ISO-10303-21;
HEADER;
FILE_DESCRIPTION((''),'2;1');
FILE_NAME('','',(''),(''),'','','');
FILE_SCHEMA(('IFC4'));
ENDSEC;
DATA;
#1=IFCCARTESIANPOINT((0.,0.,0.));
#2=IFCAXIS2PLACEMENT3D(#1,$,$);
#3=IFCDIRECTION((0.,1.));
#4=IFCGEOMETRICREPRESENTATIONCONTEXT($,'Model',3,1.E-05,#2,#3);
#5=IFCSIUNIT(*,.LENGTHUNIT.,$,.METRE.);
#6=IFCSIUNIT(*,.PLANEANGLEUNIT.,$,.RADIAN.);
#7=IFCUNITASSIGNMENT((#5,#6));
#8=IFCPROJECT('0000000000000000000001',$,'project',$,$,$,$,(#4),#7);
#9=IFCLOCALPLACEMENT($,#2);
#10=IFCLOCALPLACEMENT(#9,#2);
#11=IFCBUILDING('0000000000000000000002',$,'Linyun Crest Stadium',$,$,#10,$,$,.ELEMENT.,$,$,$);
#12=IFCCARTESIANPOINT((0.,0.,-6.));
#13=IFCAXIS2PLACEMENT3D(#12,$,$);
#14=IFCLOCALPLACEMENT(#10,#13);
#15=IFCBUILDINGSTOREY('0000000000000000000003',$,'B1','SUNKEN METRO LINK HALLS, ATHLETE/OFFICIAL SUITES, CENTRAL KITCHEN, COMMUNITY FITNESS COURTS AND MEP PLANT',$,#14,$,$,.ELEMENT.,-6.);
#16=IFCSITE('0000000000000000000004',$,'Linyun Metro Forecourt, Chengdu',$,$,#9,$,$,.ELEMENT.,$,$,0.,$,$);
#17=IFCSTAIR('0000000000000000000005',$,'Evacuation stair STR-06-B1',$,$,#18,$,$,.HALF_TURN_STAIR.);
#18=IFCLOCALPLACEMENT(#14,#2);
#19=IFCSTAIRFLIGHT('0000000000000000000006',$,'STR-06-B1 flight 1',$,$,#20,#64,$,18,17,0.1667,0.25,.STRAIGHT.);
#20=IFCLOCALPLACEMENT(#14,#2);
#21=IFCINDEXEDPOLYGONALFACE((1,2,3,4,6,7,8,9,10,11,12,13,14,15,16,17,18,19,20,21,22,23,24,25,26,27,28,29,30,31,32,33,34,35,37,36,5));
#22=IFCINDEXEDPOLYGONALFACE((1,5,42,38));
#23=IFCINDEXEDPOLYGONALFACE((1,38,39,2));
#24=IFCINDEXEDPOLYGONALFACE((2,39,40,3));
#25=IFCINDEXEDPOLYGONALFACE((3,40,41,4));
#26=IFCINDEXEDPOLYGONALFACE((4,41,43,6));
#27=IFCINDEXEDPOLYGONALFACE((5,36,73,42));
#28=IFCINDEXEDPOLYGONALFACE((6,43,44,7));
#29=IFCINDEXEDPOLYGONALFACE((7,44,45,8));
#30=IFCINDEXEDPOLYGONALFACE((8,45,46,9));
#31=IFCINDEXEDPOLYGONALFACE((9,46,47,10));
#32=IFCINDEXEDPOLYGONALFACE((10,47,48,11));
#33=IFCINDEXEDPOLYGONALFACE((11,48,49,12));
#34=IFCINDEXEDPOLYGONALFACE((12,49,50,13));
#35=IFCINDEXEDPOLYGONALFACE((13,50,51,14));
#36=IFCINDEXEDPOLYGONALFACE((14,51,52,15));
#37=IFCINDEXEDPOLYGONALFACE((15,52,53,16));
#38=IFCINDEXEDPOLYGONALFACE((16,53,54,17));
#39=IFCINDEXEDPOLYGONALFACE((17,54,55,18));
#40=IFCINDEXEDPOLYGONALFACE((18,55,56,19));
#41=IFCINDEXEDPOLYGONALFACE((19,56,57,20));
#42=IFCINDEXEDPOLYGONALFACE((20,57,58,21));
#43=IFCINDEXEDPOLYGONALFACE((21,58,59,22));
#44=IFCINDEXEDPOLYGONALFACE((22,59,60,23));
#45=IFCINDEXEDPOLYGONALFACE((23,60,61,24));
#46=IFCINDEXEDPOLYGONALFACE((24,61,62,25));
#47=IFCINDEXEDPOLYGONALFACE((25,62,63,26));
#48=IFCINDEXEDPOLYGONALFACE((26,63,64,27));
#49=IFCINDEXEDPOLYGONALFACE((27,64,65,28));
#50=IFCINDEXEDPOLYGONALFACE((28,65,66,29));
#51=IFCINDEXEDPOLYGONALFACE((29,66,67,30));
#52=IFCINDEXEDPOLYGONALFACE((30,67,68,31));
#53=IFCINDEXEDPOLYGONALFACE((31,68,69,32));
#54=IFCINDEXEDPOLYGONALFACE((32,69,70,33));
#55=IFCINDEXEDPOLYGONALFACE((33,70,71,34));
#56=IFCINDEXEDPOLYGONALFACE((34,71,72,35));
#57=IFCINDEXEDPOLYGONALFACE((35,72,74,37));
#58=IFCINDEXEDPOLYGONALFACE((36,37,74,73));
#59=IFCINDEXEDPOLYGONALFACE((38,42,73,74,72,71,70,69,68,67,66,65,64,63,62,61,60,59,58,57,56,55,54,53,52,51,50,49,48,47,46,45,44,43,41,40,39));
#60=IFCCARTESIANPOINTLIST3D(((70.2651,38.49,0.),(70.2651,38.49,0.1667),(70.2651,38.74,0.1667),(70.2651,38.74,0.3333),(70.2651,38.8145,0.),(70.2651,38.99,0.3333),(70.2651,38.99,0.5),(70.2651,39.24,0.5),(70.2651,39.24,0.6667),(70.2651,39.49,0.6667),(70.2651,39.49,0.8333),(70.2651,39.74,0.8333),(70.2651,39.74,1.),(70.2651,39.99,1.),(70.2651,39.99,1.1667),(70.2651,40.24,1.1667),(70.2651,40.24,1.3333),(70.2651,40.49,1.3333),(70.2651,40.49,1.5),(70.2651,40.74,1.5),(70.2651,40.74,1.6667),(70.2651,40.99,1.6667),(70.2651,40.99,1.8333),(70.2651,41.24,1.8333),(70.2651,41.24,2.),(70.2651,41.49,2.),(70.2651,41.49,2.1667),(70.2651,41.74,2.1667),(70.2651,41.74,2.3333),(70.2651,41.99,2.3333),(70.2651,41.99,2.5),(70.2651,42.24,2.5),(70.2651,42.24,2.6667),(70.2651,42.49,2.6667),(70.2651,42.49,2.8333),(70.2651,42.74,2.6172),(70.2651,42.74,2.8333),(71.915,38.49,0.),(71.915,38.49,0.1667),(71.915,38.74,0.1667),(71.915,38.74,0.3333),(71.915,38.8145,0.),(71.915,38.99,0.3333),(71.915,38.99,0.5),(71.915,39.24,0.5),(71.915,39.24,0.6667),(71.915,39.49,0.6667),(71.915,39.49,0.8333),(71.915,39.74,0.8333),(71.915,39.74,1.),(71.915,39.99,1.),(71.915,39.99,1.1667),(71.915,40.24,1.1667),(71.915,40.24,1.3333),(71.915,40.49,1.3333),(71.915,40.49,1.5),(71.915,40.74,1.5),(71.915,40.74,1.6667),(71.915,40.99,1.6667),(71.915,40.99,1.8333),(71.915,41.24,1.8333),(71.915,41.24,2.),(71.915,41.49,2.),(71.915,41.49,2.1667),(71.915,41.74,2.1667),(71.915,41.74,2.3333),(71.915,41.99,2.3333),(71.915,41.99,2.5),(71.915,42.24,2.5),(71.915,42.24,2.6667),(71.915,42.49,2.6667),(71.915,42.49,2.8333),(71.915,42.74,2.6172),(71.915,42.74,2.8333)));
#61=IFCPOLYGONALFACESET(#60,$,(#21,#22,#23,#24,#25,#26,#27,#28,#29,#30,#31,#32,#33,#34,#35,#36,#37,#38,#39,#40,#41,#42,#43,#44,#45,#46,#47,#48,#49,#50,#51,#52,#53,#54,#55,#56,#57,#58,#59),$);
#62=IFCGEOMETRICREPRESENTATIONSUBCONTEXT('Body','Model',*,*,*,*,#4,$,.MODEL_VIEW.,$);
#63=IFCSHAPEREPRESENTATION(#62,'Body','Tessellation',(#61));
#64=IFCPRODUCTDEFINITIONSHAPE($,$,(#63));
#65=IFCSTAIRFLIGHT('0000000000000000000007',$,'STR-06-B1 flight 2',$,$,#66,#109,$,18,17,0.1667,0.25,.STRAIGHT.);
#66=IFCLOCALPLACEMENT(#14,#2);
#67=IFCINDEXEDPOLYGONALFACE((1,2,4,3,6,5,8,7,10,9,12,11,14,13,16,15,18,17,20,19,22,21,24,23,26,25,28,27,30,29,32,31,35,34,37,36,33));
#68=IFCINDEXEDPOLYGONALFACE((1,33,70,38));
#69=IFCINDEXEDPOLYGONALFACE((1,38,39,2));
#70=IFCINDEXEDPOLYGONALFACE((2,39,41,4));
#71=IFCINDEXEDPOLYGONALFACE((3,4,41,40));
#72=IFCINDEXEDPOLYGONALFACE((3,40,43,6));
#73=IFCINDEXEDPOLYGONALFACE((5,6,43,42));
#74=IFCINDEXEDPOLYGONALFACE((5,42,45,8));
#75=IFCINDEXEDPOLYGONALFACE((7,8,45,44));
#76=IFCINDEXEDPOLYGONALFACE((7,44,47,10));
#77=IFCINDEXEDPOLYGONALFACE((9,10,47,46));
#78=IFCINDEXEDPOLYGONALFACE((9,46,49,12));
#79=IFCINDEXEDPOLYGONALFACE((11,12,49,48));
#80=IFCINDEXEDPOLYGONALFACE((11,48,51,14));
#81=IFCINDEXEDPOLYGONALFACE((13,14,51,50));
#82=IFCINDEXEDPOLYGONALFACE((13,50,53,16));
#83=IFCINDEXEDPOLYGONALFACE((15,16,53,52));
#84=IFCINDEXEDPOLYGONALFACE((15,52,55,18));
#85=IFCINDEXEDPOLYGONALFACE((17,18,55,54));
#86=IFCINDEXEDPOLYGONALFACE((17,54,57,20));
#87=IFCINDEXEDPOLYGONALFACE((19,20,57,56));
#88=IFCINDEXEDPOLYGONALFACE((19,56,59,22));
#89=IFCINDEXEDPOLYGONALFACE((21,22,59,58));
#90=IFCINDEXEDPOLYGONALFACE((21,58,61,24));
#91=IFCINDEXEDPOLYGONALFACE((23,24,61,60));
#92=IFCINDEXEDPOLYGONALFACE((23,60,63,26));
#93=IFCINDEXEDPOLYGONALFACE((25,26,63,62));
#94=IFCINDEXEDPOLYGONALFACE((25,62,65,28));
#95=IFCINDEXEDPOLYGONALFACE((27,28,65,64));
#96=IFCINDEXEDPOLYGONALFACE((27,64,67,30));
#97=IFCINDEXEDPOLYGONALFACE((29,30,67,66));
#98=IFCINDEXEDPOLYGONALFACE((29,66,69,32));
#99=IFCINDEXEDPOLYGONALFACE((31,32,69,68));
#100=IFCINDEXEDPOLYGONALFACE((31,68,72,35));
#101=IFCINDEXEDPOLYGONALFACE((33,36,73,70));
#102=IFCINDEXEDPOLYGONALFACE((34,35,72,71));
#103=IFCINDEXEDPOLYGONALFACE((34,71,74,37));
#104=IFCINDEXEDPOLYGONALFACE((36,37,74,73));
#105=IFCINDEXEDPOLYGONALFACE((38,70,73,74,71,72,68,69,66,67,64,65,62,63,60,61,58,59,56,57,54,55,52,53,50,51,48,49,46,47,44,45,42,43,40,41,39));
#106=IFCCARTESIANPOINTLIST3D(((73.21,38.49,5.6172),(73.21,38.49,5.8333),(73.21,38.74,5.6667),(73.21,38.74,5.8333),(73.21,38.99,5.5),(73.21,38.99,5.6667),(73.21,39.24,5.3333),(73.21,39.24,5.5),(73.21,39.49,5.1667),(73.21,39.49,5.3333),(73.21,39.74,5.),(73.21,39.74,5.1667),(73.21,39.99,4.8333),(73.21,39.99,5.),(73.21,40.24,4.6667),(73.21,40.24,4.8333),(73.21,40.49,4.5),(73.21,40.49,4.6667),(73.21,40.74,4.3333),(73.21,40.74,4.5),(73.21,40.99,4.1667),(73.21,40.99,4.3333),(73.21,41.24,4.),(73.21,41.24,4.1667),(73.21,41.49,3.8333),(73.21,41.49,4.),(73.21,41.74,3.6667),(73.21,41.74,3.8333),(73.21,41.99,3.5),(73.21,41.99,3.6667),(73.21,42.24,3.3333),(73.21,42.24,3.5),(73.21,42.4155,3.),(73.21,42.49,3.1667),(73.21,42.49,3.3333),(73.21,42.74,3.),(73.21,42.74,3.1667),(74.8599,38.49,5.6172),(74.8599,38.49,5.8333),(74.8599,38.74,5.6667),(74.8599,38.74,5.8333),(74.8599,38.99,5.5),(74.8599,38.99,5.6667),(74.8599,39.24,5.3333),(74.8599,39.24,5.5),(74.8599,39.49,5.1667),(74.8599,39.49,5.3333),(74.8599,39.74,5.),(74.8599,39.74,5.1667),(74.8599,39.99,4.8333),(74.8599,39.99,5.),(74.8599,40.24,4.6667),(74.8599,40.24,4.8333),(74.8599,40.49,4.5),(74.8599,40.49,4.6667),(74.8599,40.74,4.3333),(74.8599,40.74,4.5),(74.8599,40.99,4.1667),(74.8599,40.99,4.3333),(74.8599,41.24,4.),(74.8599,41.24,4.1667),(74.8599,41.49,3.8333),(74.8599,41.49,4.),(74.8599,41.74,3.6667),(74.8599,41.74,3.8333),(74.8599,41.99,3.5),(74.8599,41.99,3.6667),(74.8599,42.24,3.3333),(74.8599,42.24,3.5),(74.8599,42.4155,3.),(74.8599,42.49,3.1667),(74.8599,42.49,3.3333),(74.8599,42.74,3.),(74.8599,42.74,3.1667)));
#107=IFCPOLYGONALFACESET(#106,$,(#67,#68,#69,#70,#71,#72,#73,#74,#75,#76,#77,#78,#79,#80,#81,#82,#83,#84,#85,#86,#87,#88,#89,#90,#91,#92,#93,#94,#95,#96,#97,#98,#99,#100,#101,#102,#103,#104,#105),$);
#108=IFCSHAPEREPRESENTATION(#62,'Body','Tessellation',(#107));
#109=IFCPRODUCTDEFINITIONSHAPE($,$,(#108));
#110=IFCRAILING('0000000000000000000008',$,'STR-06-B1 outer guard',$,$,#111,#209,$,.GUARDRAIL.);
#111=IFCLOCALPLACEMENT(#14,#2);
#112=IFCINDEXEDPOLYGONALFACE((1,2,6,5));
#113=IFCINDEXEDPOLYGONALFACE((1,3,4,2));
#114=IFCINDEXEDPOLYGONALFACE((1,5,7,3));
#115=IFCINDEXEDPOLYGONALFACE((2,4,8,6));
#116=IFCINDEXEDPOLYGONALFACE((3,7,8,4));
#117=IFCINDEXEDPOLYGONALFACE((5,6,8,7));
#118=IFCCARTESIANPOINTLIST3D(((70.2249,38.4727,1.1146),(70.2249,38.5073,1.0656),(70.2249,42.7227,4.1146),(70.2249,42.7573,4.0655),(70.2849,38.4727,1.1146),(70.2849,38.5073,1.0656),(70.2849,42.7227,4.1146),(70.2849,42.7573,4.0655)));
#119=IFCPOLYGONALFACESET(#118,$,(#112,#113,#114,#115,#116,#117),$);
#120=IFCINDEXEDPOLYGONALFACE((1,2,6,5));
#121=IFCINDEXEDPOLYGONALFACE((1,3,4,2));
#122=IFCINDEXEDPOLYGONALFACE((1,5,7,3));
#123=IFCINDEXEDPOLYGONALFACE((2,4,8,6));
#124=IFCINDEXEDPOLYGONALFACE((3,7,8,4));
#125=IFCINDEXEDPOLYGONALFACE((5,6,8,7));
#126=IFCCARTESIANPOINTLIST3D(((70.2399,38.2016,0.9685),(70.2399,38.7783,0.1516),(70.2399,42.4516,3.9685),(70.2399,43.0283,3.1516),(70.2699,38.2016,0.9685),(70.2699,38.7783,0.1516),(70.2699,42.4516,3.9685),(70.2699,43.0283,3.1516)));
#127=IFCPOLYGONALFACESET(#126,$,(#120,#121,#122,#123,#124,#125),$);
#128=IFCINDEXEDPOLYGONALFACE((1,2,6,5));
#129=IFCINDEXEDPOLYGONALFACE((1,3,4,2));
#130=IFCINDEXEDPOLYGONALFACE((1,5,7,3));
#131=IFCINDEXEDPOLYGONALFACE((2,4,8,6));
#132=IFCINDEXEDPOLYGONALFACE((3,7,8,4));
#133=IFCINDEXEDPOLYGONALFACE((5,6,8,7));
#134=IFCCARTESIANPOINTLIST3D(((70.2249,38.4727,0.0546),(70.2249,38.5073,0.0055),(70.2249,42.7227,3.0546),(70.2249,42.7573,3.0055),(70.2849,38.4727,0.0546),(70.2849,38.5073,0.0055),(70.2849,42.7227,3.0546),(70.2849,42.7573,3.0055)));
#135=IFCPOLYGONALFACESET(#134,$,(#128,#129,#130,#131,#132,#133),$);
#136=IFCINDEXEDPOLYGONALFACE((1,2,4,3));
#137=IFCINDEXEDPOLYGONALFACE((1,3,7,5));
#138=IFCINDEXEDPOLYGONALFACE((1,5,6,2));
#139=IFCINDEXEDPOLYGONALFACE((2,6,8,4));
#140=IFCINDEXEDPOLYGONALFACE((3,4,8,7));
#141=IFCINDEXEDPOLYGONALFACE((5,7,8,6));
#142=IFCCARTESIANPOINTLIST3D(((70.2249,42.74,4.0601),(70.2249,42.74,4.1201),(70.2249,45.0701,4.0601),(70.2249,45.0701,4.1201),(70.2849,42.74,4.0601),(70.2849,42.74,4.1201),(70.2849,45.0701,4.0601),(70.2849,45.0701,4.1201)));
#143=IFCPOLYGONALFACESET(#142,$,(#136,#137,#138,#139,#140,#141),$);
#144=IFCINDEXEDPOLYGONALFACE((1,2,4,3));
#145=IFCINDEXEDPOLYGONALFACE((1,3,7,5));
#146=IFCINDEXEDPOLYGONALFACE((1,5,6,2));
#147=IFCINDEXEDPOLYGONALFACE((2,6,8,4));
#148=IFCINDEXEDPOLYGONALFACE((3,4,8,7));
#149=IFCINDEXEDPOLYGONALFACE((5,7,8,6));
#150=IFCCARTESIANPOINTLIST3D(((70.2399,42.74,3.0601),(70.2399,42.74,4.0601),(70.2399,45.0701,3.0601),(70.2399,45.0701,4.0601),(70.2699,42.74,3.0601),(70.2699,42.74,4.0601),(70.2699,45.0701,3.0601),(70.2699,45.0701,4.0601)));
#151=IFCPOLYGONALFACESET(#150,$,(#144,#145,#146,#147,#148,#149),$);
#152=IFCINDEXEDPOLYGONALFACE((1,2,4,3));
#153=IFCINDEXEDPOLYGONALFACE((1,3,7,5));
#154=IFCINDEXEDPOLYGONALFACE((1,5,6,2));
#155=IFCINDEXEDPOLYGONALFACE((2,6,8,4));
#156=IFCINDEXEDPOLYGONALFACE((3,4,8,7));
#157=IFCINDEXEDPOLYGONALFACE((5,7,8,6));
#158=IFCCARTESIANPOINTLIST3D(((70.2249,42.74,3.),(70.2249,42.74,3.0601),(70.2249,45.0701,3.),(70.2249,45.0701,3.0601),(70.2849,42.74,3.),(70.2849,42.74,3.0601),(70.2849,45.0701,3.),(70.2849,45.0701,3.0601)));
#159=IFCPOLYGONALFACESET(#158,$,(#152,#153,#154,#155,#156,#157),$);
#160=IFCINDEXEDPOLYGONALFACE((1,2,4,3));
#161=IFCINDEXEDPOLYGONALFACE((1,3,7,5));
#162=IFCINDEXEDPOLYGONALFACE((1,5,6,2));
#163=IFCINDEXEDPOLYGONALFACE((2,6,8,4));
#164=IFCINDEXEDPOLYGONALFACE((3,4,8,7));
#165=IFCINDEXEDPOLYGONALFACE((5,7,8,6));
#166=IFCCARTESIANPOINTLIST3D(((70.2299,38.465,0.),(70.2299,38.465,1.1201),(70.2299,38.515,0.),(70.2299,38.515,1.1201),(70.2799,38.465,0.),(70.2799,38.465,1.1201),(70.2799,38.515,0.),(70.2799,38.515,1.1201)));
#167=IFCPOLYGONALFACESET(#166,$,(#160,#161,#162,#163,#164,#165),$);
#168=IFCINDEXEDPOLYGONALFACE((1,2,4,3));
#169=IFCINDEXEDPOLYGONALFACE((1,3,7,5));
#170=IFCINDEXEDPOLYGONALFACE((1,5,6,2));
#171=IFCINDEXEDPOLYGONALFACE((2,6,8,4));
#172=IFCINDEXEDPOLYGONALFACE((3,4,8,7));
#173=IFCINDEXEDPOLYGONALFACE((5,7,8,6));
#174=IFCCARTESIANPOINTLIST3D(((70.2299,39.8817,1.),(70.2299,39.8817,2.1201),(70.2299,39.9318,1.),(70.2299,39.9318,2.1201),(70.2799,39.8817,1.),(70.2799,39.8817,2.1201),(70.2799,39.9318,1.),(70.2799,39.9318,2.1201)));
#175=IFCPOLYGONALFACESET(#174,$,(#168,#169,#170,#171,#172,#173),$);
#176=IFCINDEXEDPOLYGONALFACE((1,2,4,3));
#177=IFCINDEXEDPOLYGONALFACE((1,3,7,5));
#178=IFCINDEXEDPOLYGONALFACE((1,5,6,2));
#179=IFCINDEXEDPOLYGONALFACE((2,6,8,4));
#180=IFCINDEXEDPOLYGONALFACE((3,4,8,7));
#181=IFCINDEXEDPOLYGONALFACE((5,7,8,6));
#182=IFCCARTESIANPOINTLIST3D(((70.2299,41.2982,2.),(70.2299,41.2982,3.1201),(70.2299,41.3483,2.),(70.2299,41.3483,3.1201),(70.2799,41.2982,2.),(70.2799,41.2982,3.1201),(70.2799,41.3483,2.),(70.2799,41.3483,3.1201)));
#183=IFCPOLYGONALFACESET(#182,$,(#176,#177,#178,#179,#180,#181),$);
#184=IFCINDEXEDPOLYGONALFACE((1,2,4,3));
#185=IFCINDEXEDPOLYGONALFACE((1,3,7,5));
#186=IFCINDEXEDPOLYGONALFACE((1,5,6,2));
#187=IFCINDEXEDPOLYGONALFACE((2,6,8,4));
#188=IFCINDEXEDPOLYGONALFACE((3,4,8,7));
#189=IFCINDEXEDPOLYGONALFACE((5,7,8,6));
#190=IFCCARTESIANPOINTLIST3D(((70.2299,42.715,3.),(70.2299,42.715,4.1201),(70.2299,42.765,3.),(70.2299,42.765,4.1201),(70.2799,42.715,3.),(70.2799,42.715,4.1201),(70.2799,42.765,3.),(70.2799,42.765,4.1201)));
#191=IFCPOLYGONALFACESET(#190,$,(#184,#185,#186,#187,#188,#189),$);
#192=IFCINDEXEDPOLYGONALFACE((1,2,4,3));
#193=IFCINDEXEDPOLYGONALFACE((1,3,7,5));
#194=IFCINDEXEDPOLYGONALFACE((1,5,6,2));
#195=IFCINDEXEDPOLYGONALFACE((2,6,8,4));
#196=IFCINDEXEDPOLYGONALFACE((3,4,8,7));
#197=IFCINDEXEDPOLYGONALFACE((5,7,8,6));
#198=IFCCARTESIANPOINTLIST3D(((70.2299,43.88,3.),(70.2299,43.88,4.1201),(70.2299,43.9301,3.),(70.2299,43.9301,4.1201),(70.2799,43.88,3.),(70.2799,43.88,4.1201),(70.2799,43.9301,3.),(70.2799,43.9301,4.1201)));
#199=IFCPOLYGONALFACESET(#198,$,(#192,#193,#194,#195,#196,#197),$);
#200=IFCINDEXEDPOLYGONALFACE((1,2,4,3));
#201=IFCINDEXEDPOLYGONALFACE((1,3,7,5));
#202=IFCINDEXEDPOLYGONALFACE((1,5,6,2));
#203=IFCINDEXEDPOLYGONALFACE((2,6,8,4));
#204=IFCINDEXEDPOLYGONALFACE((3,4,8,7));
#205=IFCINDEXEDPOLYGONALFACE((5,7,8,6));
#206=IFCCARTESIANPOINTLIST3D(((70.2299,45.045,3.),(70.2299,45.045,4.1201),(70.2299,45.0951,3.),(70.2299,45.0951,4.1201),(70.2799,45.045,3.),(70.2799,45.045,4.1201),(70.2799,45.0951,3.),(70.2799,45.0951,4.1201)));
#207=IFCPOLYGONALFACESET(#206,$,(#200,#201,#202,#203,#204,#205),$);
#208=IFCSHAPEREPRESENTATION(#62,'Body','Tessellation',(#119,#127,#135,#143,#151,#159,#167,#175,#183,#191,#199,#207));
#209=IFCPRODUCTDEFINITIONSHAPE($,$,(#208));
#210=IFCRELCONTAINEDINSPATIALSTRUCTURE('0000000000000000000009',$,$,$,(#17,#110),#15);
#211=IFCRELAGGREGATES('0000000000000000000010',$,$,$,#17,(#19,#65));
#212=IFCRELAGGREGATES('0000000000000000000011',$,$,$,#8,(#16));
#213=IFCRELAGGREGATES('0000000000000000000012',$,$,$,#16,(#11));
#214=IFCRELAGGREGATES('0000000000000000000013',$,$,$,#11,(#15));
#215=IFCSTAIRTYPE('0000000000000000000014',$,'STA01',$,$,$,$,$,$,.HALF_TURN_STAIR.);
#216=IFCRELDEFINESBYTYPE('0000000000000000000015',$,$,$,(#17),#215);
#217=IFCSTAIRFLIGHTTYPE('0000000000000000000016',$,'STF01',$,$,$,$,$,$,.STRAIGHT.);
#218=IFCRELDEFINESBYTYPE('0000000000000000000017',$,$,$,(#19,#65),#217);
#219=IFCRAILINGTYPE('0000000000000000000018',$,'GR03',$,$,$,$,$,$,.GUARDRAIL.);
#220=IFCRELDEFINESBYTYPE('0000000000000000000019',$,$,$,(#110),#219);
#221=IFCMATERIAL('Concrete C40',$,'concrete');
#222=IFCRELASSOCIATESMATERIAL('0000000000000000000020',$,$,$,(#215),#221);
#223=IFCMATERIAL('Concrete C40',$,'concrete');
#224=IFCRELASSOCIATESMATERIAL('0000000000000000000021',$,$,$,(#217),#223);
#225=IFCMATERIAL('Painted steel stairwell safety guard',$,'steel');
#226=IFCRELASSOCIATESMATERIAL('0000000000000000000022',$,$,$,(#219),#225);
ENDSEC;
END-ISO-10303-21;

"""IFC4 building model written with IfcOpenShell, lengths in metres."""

from ifc_helpers import new_model, si_unit, direction, frame, origin, origin_2d, place, context, subcontext, project, spatial, polyline, rectangle, outline, extrude, material, type_object, element, aggregate, save


model = new_model("IFC4")

# Units and contexts
model_context = context("Model", 3, precision=1e-05, world=origin(), true_north=direction((0.0, 1.0)))
body_context = subcontext(model_context, "Body", "Model", "MODEL_VIEW")
ifc_project = project(units=[si_unit("LENGTHUNIT", "METRE"), si_unit("PLANEANGLEUNIT", "RADIAN")], contexts=[model_context])

# Site, building, storey
site_placement = place(None, origin())
site = spatial("IfcSite", under=ifc_project, at=site_placement, Name="Linyun Metro Forecourt, Chengdu", CompositionType="ELEMENT", RefElevation=0.0)
building_placement = place(site_placement, origin())
building = spatial("IfcBuilding", under=site, at=building_placement, Name="Linyun Crest Stadium", CompositionType="ELEMENT")
storey_placement = place(building_placement, frame((0.0, 0.0, -6.0)))
storey = spatial("IfcBuildingStorey", under=building, at=storey_placement, Name="B1", Description="SUNKEN METRO LINK HALLS, ATHLETE/OFFICIAL SUITES, CENTRAL KITCHEN, COMMUNITY FITNESS COURTS AND MEP PLANT", CompositionType="ELEMENT", Elevation=-6.0)

# Stair, stair flights
ifc_material_1 = material(Name="Concrete C40", Category="concrete")
stair_type = type_object("IfcStairType", Name="STA01", PredefinedType="HALF_TURN_STAIR", material=ifc_material_1)
stair_placement = place(storey_placement, origin())
stair = element("IfcStair", 1, at=stair_placement, inside=storey, type_object=stair_type, Name="Evacuation stair STR-06-B1", PredefinedType="HALF_TURN_STAIR")
ifc_material_2 = material(Name="Concrete C40", Category="concrete")
stair_flight_type = type_object("IfcStairFlightType", Name="STF01", PredefinedType="STRAIGHT", material=ifc_material_2)
stair_flight_1_placement = place(storey_placement, frame((71.0901, 38.49, 0.0), z_axis=(0.0, 0.0, 1.0), x_axis=(0.0, 1.0, 0.0)))
stair_flight_1 = element("IfcStairFlight", 2, at=stair_flight_1_placement, type_object=stair_flight_type, Name="STR-06-B1 flight 1", NumberOfRisers=18, NumberOfTreads=17, PredefinedType="STRAIGHT", RiserHeight=0.1667, TreadLength=0.25, context=body_context, shape_type="SweptSolid", body=[
    extrude(outline(polyline([(0.0, 0.0), (0.0, 0.1667), (0.25, 0.1667), (0.25, 0.3333), (0.5, 0.3333), (0.5, 0.5), (0.75, 0.5), (0.75, 0.6667), (1.0, 0.6667), (1.0, 0.8333), (1.25, 0.8333), (1.25, 1.0), (1.5, 1.0), (1.5, 1.1667), (1.75, 1.1667), (1.75, 1.3333), (2.0, 1.3333), (2.0, 1.5), (2.25, 1.5), (2.25, 1.6667), (2.5, 1.6667), (2.5, 1.8333), (2.75, 1.8333), (2.75, 2.0), (3.0, 2.0), (3.0, 2.1667), (3.25, 2.1667), (3.25, 2.3333), (3.5, 2.3333), (3.5, 2.5), (3.75, 2.5), (3.75, 2.6667), (4.0, 2.6667), (4.0, 2.8333), (4.25, 2.8333), (4.25, 3.0), (4.25, 2.6172), (0.3245, 0.0), (0.0, 0.0)])), frame((0.0, 0.825, 0.0), z_axis=(0.0, -1.0, 0.0), x_axis=(1.0, 0.0, 0.0)), (0.0, 0.0, 1.0), 1.6499),
])
stair_flight_2_placement = place(storey_placement, frame((74.0349, 42.74, 3.0), z_axis=(0.0, 0.0, 1.0), x_axis=(0.0, -1.0, 0.0)))
stair_flight_2 = element("IfcStairFlight", 3, at=stair_flight_2_placement, type_object=stair_flight_type, Name="STR-06-B1 flight 2", NumberOfRisers=18, NumberOfTreads=17, PredefinedType="STRAIGHT", RiserHeight=0.1667, TreadLength=0.25, context=body_context, shape_type="SweptSolid", body=[
    extrude(outline(polyline([(0.0, 0.0), (0.0, 0.1667), (0.25, 0.1667), (0.25, 0.3333), (0.5, 0.3333), (0.5, 0.5), (0.75, 0.5), (0.75, 0.6667), (1.0, 0.6667), (1.0, 0.8333), (1.25, 0.8333), (1.25, 1.0), (1.5, 1.0), (1.5, 1.1667), (1.75, 1.1667), (1.75, 1.3333), (2.0, 1.3333), (2.0, 1.5), (2.25, 1.5), (2.25, 1.6667), (2.5, 1.6667), (2.5, 1.8333), (2.75, 1.8333), (2.75, 2.0), (3.0, 2.0), (3.0, 2.1667), (3.25, 2.1667), (3.25, 2.3333), (3.5, 2.3333), (3.5, 2.5), (3.75, 2.5), (3.75, 2.6667), (4.0, 2.6667), (4.0, 2.8333), (4.25, 2.8333), (4.25, 3.0), (4.25, 2.6172), (0.3245, 0.0), (0.0, 0.0)])), frame((0.0, 0.825, 0.0), z_axis=(0.0, -1.0, 0.0), x_axis=(1.0, 0.0, 0.0)), (0.0, 0.0, 1.0), 1.6499),
])
aggregate(stair, [stair_flight_1, stair_flight_2])

# Railing
ifc_material_3 = material(Name="Painted steel stairwell safety guard", Category="steel")
railing_type_1 = type_object("IfcRailingType", Name="GR03", PredefinedType="GUARDRAIL", material=ifc_material_3)
railing_1_placement = place(storey_placement, frame((70.2549, 38.49, 0.0)))
element("IfcRailing", 4, at=railing_1_placement, inside=storey, type_object=railing_type_1, Name="STR-06-B1 outer guard", PredefinedType="GUARDRAIL", context=body_context, shape_type="SweptSolid", body=[
    extrude(rectangle(XDim=0.0601, YDim=0.0601, at=origin_2d()), frame((0.0, 0.0, 1.0901), z_axis=(0.0, 0.816968, 0.576683), x_axis=(-1.0, 0.0, 0.0)), (0.0, 0.0, 1.0), 5.2021),
    extrude(rectangle(XDim=0.03, YDim=1.0, at=origin_2d()), frame((0.0, 0.0, 0.5601), z_axis=(0.0, 0.816968, 0.576683), x_axis=(-1.0, 0.0, 0.0)), (0.0, 0.0, 1.0), 5.2021),
    extrude(rectangle(XDim=0.0601, YDim=0.0601, at=origin_2d()), frame((0.0, 0.0, 0.03), z_axis=(0.0, 0.816968, 0.576683), x_axis=(-1.0, 0.0, 0.0)), (0.0, 0.0, 1.0), 5.2021),
    extrude(rectangle(XDim=0.0601, YDim=0.0601, at=origin_2d()), frame((0.0, 4.25, 4.0901), z_axis=(0.0, 1.0, 0.0), x_axis=(-1.0, 0.0, 0.0)), (0.0, 0.0, 1.0), 2.3301),
    extrude(rectangle(XDim=0.03, YDim=1.0, at=origin_2d()), frame((0.0, 4.25, 3.5601), z_axis=(0.0, 1.0, 0.0), x_axis=(-1.0, 0.0, 0.0)), (0.0, 0.0, 1.0), 2.3301),
    extrude(rectangle(XDim=0.0601, YDim=0.0601, at=origin_2d()), frame((0.0, 4.25, 3.03), z_axis=(0.0, 1.0, 0.0), x_axis=(-1.0, 0.0, 0.0)), (0.0, 0.0, 1.0), 2.3301),
    extrude(rectangle(XDim=0.05, YDim=0.05, at=origin_2d()), origin(), (0.0, 0.0, 1.0), 1.1201),
    extrude(rectangle(XDim=0.05, YDim=0.05, at=origin_2d()), frame((0.0, 1.4167, 1.0)), (0.0, 0.0, 1.0), 1.1201),
    extrude(rectangle(XDim=0.05, YDim=0.05, at=origin_2d()), frame((0.0, 2.8333, 2.0)), (0.0, 0.0, 1.0), 1.1201),
    extrude(rectangle(XDim=0.05, YDim=0.05, at=origin_2d()), frame((0.0, 4.25, 3.0)), (0.0, 0.0, 1.0), 1.1201),
    extrude(rectangle(XDim=0.05, YDim=0.05, at=origin_2d()), frame((0.0, 5.415, 3.0)), (0.0, 0.0, 1.0), 1.1201),
    extrude(rectangle(XDim=0.05, YDim=0.05, at=origin_2d()), frame((0.0, 6.5801, 3.0)), (0.0, 0.0, 1.0), 1.1201),
])

save(model, "model.ifc")
